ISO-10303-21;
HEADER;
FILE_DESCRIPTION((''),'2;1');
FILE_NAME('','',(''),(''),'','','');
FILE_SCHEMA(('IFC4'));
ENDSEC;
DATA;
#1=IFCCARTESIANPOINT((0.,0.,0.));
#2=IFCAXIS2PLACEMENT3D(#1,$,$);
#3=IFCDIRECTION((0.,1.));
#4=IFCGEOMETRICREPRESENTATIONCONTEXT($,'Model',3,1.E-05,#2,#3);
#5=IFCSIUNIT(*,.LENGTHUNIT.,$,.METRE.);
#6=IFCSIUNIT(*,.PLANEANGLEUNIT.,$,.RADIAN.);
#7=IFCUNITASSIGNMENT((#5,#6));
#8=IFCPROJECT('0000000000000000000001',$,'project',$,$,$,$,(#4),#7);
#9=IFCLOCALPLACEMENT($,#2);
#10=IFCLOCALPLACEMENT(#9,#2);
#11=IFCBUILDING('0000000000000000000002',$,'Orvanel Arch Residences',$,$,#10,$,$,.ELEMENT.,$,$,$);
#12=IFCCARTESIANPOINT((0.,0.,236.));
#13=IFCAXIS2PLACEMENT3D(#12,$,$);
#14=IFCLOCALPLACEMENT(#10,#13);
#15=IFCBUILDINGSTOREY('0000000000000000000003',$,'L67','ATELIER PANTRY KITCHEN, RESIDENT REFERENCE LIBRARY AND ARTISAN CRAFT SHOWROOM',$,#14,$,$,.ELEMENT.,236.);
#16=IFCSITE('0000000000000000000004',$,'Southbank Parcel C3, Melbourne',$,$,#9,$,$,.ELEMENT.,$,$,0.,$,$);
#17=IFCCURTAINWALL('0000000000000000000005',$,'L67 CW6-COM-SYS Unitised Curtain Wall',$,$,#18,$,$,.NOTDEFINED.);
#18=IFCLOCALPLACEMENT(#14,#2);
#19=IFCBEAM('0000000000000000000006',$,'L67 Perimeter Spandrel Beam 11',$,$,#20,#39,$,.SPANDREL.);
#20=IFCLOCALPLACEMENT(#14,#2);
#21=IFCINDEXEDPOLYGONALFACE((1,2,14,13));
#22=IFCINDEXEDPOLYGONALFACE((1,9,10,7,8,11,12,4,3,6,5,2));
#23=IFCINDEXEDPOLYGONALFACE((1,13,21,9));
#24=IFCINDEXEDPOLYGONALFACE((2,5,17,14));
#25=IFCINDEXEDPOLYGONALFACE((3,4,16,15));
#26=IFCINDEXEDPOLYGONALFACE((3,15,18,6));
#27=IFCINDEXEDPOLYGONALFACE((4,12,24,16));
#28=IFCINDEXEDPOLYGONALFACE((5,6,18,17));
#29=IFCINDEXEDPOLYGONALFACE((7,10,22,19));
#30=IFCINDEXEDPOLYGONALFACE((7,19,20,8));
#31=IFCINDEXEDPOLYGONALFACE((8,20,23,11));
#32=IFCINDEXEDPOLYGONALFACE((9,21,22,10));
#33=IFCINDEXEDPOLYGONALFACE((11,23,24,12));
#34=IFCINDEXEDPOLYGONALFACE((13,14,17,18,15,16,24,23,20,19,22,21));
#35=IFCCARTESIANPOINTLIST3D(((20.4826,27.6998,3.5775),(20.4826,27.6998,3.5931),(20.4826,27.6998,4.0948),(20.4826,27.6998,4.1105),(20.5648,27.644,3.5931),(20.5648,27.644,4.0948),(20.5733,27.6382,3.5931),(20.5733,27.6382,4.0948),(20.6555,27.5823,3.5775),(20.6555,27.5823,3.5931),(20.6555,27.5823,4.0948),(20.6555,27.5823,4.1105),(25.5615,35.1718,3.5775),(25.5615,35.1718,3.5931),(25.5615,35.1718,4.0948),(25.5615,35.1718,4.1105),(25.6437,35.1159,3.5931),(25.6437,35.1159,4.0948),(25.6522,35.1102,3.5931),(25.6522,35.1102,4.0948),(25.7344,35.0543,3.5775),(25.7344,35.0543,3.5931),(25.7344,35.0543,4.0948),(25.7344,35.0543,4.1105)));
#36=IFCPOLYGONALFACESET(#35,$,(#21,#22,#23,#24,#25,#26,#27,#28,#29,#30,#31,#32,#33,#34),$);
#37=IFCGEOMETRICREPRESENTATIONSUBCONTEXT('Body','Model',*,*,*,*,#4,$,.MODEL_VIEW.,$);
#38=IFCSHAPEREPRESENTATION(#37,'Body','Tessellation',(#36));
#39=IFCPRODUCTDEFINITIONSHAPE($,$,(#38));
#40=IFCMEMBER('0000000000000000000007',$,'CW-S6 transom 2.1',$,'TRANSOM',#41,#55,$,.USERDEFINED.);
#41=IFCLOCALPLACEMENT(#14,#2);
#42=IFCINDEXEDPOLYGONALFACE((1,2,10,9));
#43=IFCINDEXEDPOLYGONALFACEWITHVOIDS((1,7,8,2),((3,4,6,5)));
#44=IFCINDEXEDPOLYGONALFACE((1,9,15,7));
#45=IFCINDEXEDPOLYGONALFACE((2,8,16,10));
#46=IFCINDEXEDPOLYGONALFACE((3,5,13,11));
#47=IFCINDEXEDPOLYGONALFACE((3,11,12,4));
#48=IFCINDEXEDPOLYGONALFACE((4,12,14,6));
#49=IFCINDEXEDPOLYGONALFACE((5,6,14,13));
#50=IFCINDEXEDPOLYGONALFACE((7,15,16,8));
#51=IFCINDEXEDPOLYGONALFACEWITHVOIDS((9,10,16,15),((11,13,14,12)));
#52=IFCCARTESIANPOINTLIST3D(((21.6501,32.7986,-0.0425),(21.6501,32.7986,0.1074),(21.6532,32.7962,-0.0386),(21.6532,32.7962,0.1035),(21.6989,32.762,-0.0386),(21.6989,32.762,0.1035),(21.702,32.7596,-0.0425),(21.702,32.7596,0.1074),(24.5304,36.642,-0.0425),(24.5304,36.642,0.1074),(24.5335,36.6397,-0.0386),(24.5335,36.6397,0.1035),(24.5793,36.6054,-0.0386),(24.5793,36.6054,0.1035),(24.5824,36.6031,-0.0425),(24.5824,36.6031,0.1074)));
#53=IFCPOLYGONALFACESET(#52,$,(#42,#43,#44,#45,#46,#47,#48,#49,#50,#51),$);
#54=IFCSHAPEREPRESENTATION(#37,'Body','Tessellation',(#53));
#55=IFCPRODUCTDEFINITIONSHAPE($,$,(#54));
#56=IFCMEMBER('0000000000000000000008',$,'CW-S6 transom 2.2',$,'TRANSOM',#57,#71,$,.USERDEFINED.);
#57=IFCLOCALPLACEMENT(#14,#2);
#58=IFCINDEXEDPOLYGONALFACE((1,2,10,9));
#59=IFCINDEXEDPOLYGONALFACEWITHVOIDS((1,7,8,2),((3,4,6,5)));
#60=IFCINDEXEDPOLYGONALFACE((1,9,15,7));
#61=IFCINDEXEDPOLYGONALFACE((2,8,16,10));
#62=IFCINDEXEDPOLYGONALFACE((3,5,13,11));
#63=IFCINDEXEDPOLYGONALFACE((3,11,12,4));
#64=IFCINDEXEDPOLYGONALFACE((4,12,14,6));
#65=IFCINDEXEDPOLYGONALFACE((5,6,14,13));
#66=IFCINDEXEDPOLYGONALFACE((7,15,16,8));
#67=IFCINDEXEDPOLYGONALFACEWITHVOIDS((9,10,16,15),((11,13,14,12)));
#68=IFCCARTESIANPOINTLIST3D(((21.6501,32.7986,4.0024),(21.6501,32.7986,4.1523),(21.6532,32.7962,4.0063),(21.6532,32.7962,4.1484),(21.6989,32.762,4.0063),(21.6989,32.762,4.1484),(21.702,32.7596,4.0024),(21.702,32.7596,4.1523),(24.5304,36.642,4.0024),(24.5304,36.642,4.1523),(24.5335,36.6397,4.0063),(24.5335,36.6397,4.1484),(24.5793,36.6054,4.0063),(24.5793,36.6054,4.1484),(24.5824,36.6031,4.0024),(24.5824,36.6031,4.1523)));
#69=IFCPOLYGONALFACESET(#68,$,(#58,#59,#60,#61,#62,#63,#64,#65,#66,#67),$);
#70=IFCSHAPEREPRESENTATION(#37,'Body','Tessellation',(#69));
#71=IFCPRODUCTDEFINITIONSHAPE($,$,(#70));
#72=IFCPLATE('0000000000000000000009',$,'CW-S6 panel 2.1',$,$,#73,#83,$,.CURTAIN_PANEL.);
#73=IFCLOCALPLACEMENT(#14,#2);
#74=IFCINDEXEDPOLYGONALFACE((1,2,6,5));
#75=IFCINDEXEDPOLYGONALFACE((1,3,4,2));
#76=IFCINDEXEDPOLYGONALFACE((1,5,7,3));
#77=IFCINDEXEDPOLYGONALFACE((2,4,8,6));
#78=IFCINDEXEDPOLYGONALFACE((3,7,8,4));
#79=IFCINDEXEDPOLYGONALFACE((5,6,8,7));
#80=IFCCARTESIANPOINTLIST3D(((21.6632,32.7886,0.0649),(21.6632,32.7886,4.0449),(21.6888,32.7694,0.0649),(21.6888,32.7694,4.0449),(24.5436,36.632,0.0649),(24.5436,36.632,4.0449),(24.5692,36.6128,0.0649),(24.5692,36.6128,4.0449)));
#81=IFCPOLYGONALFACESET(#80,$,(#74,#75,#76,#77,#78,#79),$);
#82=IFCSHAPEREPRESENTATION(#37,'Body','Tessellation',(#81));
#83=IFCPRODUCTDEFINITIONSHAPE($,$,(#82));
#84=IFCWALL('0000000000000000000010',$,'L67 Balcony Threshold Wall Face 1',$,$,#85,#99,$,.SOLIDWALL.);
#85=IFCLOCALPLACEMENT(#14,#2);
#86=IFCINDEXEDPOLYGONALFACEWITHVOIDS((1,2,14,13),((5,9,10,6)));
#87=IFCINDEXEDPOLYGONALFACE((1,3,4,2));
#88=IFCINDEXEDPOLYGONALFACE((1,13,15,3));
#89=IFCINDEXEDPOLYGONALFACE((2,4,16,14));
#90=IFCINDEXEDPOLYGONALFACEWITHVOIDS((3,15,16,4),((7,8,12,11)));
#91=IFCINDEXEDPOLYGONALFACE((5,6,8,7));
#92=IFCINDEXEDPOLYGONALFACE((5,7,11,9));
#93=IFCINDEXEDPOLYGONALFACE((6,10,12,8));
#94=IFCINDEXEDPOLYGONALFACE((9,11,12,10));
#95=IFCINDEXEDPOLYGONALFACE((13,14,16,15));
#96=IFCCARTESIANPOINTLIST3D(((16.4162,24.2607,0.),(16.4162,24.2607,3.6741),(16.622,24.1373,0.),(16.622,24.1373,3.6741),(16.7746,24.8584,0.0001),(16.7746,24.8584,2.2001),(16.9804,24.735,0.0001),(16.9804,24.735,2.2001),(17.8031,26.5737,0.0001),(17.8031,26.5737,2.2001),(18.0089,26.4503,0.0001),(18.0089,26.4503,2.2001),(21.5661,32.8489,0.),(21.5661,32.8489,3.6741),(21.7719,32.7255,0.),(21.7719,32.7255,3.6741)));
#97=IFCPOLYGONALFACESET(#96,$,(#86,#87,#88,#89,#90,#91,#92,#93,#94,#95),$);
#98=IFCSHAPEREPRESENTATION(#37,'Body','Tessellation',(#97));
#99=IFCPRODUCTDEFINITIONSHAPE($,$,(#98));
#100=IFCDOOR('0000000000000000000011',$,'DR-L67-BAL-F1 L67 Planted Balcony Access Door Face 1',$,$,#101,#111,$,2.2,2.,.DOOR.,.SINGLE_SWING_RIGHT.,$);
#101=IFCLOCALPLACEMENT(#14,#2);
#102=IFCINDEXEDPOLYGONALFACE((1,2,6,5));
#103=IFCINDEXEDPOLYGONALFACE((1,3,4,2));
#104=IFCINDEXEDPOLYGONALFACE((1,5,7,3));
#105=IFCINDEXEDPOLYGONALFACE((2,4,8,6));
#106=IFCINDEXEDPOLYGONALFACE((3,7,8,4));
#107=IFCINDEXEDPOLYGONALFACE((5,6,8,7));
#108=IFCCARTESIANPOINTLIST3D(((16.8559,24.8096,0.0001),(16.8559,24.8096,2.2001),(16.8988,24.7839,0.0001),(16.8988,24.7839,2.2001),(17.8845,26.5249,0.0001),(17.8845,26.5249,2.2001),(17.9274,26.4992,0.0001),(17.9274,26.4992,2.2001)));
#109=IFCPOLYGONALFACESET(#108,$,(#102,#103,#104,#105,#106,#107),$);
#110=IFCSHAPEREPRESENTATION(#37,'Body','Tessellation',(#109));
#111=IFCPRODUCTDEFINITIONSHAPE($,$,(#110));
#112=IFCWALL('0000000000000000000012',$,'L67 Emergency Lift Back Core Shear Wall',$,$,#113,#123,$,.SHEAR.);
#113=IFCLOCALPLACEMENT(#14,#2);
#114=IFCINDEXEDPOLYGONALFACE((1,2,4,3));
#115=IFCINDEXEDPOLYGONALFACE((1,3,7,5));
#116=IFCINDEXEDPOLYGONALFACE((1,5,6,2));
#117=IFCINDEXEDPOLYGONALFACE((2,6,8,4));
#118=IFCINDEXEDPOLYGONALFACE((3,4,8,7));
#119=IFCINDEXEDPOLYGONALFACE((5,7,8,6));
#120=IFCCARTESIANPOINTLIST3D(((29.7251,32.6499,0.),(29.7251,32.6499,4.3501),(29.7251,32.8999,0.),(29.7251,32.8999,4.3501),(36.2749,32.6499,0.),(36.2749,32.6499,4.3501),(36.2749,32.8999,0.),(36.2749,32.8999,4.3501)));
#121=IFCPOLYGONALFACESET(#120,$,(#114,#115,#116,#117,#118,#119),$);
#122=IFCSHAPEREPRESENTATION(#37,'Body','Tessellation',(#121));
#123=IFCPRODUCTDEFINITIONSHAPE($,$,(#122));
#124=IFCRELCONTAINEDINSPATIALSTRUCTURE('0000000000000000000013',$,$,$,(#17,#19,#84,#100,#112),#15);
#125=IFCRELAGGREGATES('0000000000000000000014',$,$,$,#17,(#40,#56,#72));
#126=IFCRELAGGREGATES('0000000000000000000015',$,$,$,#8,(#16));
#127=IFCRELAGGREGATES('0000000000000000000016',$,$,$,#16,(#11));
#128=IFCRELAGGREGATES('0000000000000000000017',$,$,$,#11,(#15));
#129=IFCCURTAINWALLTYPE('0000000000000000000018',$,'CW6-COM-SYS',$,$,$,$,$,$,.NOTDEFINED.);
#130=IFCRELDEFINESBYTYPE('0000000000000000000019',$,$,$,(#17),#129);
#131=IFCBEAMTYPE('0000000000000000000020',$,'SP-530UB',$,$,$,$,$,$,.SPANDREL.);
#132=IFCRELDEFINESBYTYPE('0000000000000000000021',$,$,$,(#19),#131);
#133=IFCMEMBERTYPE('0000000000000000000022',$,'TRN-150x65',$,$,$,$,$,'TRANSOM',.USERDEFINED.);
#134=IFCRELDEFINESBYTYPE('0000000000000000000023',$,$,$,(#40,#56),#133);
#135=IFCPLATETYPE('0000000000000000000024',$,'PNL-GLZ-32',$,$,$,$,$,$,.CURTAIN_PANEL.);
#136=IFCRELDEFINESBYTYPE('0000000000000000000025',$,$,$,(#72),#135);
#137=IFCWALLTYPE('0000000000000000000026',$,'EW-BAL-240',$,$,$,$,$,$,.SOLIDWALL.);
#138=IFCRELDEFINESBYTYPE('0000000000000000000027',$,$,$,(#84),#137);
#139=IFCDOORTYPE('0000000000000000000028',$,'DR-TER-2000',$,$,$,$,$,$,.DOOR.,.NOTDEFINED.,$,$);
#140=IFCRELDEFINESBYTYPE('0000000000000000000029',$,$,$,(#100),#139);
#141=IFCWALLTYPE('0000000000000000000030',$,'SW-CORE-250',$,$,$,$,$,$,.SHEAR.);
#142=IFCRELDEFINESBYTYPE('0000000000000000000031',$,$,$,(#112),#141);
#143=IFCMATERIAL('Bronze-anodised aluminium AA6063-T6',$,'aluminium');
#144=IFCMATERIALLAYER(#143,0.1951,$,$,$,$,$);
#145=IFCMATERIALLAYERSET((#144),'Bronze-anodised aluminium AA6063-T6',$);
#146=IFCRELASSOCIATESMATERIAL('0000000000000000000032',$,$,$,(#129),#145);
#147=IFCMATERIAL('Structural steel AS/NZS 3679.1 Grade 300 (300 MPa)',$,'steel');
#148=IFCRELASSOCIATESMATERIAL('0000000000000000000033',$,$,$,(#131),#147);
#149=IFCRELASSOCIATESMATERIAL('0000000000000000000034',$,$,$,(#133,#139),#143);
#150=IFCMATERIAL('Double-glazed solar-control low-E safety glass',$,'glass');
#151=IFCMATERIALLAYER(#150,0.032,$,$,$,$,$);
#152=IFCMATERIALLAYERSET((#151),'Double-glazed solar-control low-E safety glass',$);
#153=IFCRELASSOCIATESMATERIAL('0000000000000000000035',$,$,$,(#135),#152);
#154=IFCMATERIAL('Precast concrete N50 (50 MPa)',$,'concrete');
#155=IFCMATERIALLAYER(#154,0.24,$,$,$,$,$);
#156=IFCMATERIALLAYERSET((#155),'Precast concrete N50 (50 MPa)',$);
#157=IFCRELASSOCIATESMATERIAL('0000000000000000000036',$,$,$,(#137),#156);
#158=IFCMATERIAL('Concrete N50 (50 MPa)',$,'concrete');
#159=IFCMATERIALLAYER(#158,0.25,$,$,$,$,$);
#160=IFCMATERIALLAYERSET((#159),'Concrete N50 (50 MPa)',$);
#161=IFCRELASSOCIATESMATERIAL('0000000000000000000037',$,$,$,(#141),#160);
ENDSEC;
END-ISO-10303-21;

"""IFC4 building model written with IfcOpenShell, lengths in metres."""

from ifc_helpers import new_model, si_unit, direction, frame, frame_2d, origin, origin_2d, place, context, subcontext, project, spatial, rectangle, hollow_rectangle, i_section, extrude, material, layer, layer_set, material_profile, profile_set, type_object, element, fill, aggregate, save


model = new_model("IFC4")

# Units and contexts
model_context = context("Model", 3, precision=1e-05, world=origin(), true_north=direction((0.0, 1.0)))
body_context = subcontext(model_context, "Body", "Model", "MODEL_VIEW")
ifc_project = project(units=[si_unit("LENGTHUNIT", "METRE"), si_unit("PLANEANGLEUNIT", "RADIAN")], contexts=[model_context])

# Site, building, storey
site_placement = place(None, origin())
site = spatial("IfcSite", under=ifc_project, at=site_placement, Name="Southbank Parcel C3, Melbourne", CompositionType="ELEMENT", RefElevation=0.0)
building_placement = place(site_placement, origin())
building = spatial("IfcBuilding", under=site, at=building_placement, Name="Orvanel Arch Residences", CompositionType="ELEMENT")
storey_placement = place(building_placement, frame((0.0, 0.0, 236.0)))
storey = spatial("IfcBuildingStorey", under=building, at=storey_placement, Name="L67", Description="ATELIER PANTRY KITCHEN, RESIDENT REFERENCE LIBRARY AND ARTISAN CRAFT SHOWROOM", CompositionType="ELEMENT", Elevation=236.0)

# Shared definitions
ifc_material_1 = material(Name="Structural steel AS/NZS 3679.1 Grade 300 (300 MPa)", Category="steel")

# Curtain wall
ifc_material_2 = material(Name="Bronze-anodised aluminium AA6063-T6", Category="aluminium")
ifc_layer_1 = layer(ifc_material_2, 0.1951)
ifc_layer_set_1 = layer_set([ifc_layer_1], Name="Bronze-anodised aluminium AA6063-T6")
curtain_wall_type = type_object("IfcCurtainWallType", Name="CW6-COM-SYS", PredefinedType="NOTDEFINED", material=ifc_layer_set_1)
curtain_wall_placement = place(storey_placement, origin())
curtain_wall = element("IfcCurtainWall", 1, at=curtain_wall_placement, inside=storey, type_object=curtain_wall_type, Name="L67 CW6-COM-SYS Unitised Curtain Wall", PredefinedType="NOTDEFINED")

# Beam
ifc_material_profile_1 = material_profile(ifc_material_1, i_section(OverallWidth=0.209, OverallDepth=0.533, WebThickness=0.0103, FlangeThickness=0.0156, at=origin_2d()), Name="530UB92.4")
ifc_profile_set_1 = profile_set([ifc_material_profile_1], Name="Structural steel AS/NZS 3679.1 Grade 300 (300 MPa)")
beam_type_1 = type_object("IfcBeamType", Name="SP-530UB", PredefinedType="SPANDREL", material=ifc_profile_set_1)
beam_1_placement = place(storey_placement, frame((25.6479, 35.113, 3.844), z_axis=(-0.562155, -0.827032, 0.0), x_axis=(0.827032, -0.562155, 0.0)))
element("IfcBeam", 2, at=beam_1_placement, inside=storey, type_object=beam_type_1, Name="L67 Perimeter Spandrel Beam 11", PredefinedType="SPANDREL", context=body_context, shape_type="SweptSolid", body=[
    extrude(i_section(OverallWidth=0.209, OverallDepth=0.533, WebThickness=0.0103, FlangeThickness=0.0156, at=origin_2d()), origin(), (0.0, 0.0, 1.0), 9.0347),
])

# Members
ifc_material_profile_2 = material_profile(ifc_material_2, hollow_rectangle(XDim=0.0649, YDim=0.1499, WallThickness=0.0039, at=origin_2d()), Name="ALU150x65x4")
ifc_profile_set_2 = profile_set([ifc_material_profile_2], Name="Bronze-anodised aluminium AA6063-T6")
member_type_1 = type_object("IfcMemberType", Name="TRN-150x65", ElementType="TRANSOM", PredefinedType="USERDEFINED", material=ifc_profile_set_2)
member_1_placement = place(storey_placement, frame((24.5564, 36.6226, 0.0325), z_axis=(-0.599699, -0.800226, 0.0), x_axis=(0.800226, -0.599699, 0.0)))
member_1 = element("IfcMember", 3, at=member_1_placement, type_object=member_type_1, Name="CW-S6 transom 2.1", ObjectType="TRANSOM", PredefinedType="USERDEFINED", context=body_context, shape_type="SweptSolid", body=[
    extrude(hollow_rectangle(XDim=0.0649, YDim=0.1499, WallThickness=0.0039, at=origin_2d()), origin(), (0.0, 0.0, 1.0), 4.803),
])
member_2_placement = place(storey_placement, frame((24.5564, 36.6226, 4.0774), z_axis=(-0.599699, -0.800226, 0.0), x_axis=(0.800226, -0.599699, 0.0)))
member_2 = element("IfcMember", 4, at=member_2_placement, type_object=member_type_1, Name="CW-S6 transom 2.2", ObjectType="TRANSOM", PredefinedType="USERDEFINED", context=body_context, shape_type="SweptSolid", body=[
    extrude(hollow_rectangle(XDim=0.0649, YDim=0.1499, WallThickness=0.0039, at=origin_2d()), origin(), (0.0, 0.0, 1.0), 4.803),
])

# Plate
ifc_material_3 = material(Name="Double-glazed solar-control low-E safety glass", Category="glass")
ifc_layer_2 = layer(ifc_material_3, 0.032)
ifc_layer_set_2 = layer_set([ifc_layer_2], Name="Double-glazed solar-control low-E safety glass")
plate_type = type_object("IfcPlateType", Name="PNL-GLZ-32", PredefinedType="CURTAIN_PANEL", material=ifc_layer_set_2)
plate_placement = place(storey_placement, frame((23.1162, 34.7007, 0.0649), z_axis=(0.0, 0.0, 1.0), x_axis=(-0.599723, -0.800207, 0.0)))
plate = element("IfcPlate", 5, at=plate_placement, type_object=plate_type, Name="CW-S6 panel 2.1", PredefinedType="CURTAIN_PANEL", context=body_context, shape_type="SweptSolid", body=[
    extrude(rectangle(XDim=4.803, YDim=0.032, at=origin_2d()), origin(), (0.0, 0.0, 1.0), 3.98),
])
aggregate(curtain_wall, [member_1, member_2, plate])

# Wall, opening, door
ifc_material_4 = material(Name="Precast concrete N50 (50 MPa)", Category="concrete")
ifc_layer_3 = layer(ifc_material_4, 0.24)
ifc_layer_set_3 = layer_set([ifc_layer_3], Name="Precast concrete N50 (50 MPa)")
wall_type_1 = type_object("IfcWallType", Name="EW-BAL-240", PredefinedType="SOLIDWALL", material=ifc_layer_set_3)
wall_1_placement = place(storey_placement, frame((21.6689, 32.7871, 0.0), z_axis=(0.0, 0.0, 1.0), x_axis=(-0.514277, -0.857624, 0.0)))
wall_1 = element("IfcWall", 6, at=wall_1_placement, inside=storey, type_object=wall_type_1, Name="L67 Balcony Threshold Wall Face 1", PredefinedType="SOLIDWALL", context=body_context, shape_type="SweptSolid", body=[
    extrude(rectangle(XDim=10.0139, YDim=0.24, at=frame_2d((5.0068, 0.0))), origin(), (0.0, 0.0, 1.0), 3.6741),
])
opening_1_placement = place(wall_1_placement, frame((7.3169, 0.0, 0.0)))
opening_1 = element("IfcOpeningElement", 7, at=opening_1_placement, cuts=wall_1, PredefinedType="OPENING", context=body_context, shape_type="SweptSolid", body=[
    extrude(rectangle(XDim=2.0, YDim=2.2, at=frame_2d((1.0, 1.1001))), frame((0.0, 0.1299, 0.0), z_axis=(0.0, -1.0, 0.0), x_axis=(1.0, 0.0, 0.0)), (0.0, 0.0, 1.0), 0.26),
])
door_type_1 = type_object("IfcDoorType", Name="DR-TER-2000", OperationType="NOTDEFINED", PredefinedType="DOOR", material=ifc_material_2)
door_1_placement = place(opening_1_placement, origin())
door_1 = element("IfcDoor", 8, at=door_1_placement, inside=storey, type_object=door_type_1, Name="DR-L67-BAL-F1 L67 Planted Balcony Access Door Face 1", OperationType="SINGLE_SWING_RIGHT", OverallHeight=2.2, OverallWidth=2.0, PredefinedType="DOOR", context=body_context, shape_type="SweptSolid", body=[
    extrude(rectangle(XDim=2.0, YDim=2.2, at=frame_2d((1.0, 1.1001))), frame((0.0, 0.0249, 0.0), z_axis=(0.0, -1.0, 0.0), x_axis=(1.0, 0.0, 0.0)), (0.0, 0.0, 1.0), 0.05),
])
fill(opening_1, door_1)

# Wall
ifc_material_5 = material(Name="Concrete N50 (50 MPa)", Category="concrete")
ifc_layer_4 = layer(ifc_material_5, 0.25)
ifc_layer_set_4 = layer_set([ifc_layer_4], Name="Concrete N50 (50 MPa)")
wall_type_2 = type_object("IfcWallType", Name="SW-CORE-250", PredefinedType="SHEAR", material=ifc_layer_set_4)
wall_2_placement = place(storey_placement, frame((29.7251, 32.7749, 0.0), z_axis=(0.0, 0.0, 1.0), x_axis=(1.0, 0.0, 0.0)))
element("IfcWall", 9, at=wall_2_placement, inside=storey, type_object=wall_type_2, Name="L67 Emergency Lift Back Core Shear Wall", PredefinedType="SHEAR", context=body_context, shape_type="SweptSolid", body=[
    extrude(rectangle(XDim=6.5498, YDim=0.25, at=frame_2d((3.2749, 0.0))), origin(), (0.0, 0.0, 1.0), 4.3501),
])

save(model, "model.ifc")
